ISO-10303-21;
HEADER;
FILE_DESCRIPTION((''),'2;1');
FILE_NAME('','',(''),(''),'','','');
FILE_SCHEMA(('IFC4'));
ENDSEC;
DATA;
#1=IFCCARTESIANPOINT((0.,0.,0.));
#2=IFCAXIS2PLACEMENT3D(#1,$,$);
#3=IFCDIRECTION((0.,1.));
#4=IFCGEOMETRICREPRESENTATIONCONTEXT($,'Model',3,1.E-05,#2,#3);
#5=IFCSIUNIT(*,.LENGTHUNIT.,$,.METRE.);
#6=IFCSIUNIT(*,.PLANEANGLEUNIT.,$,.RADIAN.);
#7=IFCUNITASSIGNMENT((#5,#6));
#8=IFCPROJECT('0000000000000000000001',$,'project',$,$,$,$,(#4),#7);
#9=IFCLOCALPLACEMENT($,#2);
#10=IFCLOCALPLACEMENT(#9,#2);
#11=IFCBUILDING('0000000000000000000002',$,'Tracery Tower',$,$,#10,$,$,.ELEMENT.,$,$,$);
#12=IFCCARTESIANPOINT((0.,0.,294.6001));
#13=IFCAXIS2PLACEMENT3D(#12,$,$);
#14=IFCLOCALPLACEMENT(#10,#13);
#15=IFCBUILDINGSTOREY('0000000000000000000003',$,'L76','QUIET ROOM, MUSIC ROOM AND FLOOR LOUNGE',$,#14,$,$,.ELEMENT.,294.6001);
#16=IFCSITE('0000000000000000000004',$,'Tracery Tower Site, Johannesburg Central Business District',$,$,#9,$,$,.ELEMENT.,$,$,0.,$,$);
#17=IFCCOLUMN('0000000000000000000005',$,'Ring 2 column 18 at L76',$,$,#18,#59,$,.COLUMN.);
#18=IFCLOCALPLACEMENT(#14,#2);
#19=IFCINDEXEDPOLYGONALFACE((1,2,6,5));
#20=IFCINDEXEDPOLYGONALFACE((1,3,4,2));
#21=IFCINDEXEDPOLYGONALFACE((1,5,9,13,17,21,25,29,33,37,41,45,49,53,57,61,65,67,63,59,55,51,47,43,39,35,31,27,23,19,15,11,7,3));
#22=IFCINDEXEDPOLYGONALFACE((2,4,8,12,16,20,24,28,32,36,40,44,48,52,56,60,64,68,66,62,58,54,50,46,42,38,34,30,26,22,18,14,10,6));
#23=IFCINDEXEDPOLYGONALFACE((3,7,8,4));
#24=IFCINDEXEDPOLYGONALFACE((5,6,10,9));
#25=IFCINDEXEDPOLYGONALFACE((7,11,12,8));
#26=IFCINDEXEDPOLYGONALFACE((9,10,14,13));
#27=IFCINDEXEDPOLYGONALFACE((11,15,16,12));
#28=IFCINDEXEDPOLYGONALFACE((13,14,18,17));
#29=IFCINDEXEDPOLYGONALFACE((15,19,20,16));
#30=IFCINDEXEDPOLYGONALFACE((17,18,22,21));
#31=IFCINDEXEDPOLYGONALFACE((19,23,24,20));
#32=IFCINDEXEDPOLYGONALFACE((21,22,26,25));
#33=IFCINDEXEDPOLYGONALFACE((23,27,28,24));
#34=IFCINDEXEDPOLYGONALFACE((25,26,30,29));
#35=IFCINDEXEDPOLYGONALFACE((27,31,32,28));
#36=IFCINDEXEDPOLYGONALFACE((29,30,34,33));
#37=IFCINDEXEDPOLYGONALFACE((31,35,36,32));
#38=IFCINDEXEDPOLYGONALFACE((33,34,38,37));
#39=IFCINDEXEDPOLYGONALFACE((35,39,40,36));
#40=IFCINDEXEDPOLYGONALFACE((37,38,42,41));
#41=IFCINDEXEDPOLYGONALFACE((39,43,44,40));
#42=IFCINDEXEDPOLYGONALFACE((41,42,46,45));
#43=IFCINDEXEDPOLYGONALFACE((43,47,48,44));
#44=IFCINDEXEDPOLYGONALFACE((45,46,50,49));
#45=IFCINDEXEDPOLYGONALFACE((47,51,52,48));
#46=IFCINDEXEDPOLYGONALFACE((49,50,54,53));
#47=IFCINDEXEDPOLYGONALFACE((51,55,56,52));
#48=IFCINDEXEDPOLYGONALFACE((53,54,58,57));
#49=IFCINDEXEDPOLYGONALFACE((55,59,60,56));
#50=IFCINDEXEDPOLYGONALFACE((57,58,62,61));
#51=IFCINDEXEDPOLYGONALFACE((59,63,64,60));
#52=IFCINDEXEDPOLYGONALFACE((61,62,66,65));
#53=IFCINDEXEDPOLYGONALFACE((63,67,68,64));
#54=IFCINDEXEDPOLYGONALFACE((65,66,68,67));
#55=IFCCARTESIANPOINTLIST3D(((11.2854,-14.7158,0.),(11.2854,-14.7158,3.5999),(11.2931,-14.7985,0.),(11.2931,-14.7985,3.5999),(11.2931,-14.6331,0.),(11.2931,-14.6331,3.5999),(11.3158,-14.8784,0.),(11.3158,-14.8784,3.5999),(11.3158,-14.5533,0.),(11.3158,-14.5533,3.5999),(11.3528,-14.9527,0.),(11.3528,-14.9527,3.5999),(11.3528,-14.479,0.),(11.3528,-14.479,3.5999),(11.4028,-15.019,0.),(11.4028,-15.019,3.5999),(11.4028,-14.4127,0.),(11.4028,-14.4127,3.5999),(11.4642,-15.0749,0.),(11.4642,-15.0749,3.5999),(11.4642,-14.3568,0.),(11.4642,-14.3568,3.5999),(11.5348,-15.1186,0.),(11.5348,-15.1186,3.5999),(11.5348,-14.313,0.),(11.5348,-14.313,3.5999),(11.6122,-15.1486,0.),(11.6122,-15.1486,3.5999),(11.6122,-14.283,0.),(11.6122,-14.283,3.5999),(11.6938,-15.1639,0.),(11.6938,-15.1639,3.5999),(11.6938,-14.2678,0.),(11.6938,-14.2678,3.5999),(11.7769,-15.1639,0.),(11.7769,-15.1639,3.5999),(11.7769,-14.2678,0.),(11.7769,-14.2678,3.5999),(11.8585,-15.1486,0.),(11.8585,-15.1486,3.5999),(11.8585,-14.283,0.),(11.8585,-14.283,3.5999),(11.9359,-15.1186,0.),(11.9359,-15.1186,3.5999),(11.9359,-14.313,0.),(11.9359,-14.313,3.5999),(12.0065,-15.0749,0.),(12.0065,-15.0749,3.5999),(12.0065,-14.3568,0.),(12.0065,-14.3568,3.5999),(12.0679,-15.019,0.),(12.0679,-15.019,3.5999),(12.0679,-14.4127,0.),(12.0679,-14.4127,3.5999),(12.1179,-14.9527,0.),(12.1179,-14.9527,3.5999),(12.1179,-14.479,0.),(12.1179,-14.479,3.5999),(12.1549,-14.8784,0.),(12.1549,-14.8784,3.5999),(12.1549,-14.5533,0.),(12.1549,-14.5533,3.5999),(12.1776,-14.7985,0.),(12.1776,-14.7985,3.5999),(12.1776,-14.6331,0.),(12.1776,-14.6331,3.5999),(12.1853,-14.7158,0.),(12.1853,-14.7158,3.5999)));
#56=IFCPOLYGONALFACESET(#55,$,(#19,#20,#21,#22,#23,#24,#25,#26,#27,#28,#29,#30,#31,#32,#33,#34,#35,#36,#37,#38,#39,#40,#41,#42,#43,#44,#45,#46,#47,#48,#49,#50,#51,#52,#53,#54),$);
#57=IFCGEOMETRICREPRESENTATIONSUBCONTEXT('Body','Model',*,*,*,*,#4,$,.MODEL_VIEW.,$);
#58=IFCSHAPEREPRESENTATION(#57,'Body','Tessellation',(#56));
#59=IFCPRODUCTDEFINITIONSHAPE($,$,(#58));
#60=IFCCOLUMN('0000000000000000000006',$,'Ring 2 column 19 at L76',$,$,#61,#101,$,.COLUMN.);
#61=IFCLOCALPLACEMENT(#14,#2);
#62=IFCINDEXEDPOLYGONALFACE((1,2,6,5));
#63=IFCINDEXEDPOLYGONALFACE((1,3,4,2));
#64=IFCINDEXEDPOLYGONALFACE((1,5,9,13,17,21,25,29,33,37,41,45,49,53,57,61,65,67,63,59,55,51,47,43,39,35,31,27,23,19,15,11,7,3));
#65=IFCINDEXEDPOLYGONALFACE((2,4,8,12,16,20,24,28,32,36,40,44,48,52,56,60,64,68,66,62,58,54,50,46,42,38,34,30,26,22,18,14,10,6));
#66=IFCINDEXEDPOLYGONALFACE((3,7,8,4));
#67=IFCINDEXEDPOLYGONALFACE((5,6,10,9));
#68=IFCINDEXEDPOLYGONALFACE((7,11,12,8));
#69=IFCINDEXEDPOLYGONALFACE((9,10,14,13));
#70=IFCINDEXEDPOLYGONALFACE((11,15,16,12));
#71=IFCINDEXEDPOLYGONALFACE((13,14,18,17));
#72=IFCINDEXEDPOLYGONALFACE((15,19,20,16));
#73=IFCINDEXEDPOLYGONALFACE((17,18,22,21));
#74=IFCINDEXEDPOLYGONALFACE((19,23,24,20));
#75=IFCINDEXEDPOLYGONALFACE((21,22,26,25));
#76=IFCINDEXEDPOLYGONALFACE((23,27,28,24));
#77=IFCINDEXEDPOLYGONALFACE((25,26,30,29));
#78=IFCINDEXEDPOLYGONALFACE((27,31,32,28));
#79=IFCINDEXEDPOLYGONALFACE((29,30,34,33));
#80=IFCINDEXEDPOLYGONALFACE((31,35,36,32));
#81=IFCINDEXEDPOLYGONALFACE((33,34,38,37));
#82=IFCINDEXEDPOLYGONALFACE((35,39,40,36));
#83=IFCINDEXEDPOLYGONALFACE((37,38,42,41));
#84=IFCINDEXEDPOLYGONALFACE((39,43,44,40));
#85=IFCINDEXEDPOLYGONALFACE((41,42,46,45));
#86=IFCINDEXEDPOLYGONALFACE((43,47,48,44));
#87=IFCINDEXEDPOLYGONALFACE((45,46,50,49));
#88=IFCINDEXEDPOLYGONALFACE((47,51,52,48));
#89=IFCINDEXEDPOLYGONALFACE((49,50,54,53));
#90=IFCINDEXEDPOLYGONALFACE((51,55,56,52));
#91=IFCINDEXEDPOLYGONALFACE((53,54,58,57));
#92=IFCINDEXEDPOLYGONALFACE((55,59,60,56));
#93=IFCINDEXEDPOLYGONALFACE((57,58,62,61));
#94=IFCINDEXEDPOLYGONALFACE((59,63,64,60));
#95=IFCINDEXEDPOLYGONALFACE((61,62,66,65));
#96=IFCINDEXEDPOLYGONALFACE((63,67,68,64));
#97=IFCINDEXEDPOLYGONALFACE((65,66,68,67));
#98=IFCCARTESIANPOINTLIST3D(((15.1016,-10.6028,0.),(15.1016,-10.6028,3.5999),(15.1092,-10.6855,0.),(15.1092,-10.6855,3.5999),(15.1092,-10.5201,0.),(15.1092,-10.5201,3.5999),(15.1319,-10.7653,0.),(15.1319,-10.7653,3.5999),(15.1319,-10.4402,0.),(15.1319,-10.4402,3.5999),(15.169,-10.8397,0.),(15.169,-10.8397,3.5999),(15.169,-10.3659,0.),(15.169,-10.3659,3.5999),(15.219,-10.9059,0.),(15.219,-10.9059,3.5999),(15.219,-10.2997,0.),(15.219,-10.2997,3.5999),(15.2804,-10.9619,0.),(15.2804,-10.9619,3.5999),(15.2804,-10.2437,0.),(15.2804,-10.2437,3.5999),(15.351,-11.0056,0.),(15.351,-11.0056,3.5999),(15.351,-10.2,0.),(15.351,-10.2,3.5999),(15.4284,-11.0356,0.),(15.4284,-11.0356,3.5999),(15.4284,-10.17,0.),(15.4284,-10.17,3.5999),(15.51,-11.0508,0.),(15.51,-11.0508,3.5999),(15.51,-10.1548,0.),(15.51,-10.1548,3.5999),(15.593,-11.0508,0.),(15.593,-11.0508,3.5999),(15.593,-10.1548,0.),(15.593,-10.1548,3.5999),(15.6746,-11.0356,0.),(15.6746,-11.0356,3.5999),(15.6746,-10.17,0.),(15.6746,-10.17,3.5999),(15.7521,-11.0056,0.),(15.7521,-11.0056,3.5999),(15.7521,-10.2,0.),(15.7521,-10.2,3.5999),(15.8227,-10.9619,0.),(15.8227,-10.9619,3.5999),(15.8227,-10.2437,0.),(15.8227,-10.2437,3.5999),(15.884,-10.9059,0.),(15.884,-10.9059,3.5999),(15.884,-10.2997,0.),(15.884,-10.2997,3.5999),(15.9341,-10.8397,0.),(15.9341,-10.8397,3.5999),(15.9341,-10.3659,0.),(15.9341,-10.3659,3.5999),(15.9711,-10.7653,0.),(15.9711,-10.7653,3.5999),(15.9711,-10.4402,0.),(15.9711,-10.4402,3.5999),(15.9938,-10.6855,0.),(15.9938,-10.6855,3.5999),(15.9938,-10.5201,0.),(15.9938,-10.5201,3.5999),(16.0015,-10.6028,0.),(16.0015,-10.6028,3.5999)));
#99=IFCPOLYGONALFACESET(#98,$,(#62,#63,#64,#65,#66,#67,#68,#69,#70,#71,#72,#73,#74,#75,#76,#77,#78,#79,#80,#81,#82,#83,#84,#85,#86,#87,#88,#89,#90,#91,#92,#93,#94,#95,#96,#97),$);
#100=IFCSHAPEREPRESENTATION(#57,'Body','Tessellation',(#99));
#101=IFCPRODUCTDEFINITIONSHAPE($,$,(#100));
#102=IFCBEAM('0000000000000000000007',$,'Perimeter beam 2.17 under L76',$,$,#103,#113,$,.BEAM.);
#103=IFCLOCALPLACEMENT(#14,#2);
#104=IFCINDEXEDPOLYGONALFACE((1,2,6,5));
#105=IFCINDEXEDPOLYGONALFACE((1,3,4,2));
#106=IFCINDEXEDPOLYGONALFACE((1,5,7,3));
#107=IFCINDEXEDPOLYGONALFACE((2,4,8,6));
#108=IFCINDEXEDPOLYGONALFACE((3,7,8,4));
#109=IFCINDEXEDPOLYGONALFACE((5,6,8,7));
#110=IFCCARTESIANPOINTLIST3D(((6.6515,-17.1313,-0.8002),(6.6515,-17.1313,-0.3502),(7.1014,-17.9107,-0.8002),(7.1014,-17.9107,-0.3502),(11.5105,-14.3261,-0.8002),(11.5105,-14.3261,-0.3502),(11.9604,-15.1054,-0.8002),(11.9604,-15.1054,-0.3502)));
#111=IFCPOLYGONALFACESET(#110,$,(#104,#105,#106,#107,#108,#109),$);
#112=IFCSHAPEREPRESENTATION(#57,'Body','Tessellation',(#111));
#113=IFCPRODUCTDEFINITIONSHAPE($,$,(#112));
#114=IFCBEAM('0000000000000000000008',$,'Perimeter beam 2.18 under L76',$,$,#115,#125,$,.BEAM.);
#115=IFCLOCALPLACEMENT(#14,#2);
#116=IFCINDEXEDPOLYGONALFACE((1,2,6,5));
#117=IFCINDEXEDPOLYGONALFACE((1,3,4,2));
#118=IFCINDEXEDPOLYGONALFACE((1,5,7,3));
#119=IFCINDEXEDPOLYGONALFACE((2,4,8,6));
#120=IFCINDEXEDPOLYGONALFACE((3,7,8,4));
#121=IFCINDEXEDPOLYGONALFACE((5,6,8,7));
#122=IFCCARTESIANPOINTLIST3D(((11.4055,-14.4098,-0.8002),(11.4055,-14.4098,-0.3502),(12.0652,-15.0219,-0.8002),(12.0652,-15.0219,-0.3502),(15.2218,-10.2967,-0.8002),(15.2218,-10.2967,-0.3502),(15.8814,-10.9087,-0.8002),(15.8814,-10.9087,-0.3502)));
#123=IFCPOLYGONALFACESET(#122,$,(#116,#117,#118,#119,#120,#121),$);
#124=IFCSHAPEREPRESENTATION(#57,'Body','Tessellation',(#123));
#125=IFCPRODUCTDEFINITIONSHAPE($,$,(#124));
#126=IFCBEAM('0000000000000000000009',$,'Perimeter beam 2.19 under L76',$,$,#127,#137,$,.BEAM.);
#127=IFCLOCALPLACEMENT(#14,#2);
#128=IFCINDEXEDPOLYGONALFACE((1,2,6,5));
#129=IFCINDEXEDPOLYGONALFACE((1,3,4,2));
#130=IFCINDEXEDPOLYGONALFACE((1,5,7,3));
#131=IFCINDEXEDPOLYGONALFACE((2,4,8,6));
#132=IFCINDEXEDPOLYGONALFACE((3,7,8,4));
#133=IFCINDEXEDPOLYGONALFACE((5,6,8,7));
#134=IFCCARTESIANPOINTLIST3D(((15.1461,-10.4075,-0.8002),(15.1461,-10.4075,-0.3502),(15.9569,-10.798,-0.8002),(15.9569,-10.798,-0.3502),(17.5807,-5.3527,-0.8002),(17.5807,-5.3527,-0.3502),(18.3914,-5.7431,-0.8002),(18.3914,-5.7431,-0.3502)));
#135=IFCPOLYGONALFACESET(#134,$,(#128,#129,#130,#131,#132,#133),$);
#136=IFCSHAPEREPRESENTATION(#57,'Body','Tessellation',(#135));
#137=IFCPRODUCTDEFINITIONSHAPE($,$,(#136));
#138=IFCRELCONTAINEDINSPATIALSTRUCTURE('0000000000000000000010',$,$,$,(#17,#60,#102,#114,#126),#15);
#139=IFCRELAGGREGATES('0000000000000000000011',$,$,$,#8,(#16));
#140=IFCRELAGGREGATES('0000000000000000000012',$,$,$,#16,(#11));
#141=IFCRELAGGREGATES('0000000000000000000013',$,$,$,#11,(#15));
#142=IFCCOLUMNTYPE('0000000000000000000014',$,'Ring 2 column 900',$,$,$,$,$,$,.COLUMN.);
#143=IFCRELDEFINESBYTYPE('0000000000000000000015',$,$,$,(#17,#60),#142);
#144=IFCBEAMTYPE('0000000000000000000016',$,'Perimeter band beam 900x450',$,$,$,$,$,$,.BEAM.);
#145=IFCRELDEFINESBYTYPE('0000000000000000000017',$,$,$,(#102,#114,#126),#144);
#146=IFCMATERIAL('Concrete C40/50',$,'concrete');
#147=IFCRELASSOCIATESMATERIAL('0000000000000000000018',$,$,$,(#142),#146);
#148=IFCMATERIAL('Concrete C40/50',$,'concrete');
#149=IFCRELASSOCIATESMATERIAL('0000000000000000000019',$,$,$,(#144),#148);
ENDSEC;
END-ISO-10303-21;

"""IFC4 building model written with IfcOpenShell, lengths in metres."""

from ifc_helpers import new_model, si_unit, direction, frame, origin, origin_2d, place, context, subcontext, project, spatial, rectangle, circle, extrude, material, material_profile, profile_set, type_object, element, save


model = new_model("IFC4")

# Units and contexts
model_context = context("Model", 3, precision=1e-05, world=origin(), true_north=direction((0.0, 1.0)))
body_context = subcontext(model_context, "Body", "Model", "MODEL_VIEW")
ifc_project = project(units=[si_unit("LENGTHUNIT", "METRE"), si_unit("PLANEANGLEUNIT", "RADIAN")], contexts=[model_context])

# Site, building, storey
site_placement = place(None, origin())
site = spatial("IfcSite", under=ifc_project, at=site_placement, Name="Tracery Tower Site, Johannesburg Central Business District", CompositionType="ELEMENT", RefElevation=0.0)
building_placement = place(site_placement, origin())
building = spatial("IfcBuilding", under=site, at=building_placement, Name="Tracery Tower", CompositionType="ELEMENT")
storey_placement = place(building_placement, frame((0.0, 0.0, 294.6001)))
storey = spatial("IfcBuildingStorey", under=building, at=storey_placement, Name="L76", Description="QUIET ROOM, MUSIC ROOM AND FLOOR LOUNGE", CompositionType="ELEMENT", Elevation=294.6001)

# Columns
ifc_material_1 = material(Name="Concrete C40/50", Category="concrete")
ifc_material_profile_1 = material_profile(ifc_material_1, circle(Radius=0.45, at=origin_2d()), Name="RC D900")
ifc_profile_set_1 = profile_set([ifc_material_profile_1], Name="Concrete C40/50")
column_type = type_object("IfcColumnType", Name="Ring 2 column 900", PredefinedType="COLUMN", material=ifc_profile_set_1)
for number, where, z_axis, x_axis, name in (
    (1, (11.7354, -14.7158, 0.0), (0.0, 0.0, 1.0), (1.0, 0.0, 0.0), "Ring 2 column 18 at L76"),
    (2, (15.5515, -10.6028, 0.0), (0.0, 0.0, 1.0), (1.0, 0.0, 0.0), "Ring 2 column 19 at L76"),
):
    element("IfcColumn", number, at=place(storey_placement, frame(where, z_axis=z_axis, x_axis=x_axis)), inside=storey, type_object=column_type, Name=name, PredefinedType="COLUMN", context=body_context, shape_type="SweptSolid", body=[
        extrude(circle(Radius=0.45, at=origin_2d()), origin(), (0.0, 0.0, 1.0), 3.5999),
    ])

# Beams
ifc_material_2 = material(Name="Concrete C40/50", Category="concrete")
ifc_material_profile_2 = material_profile(ifc_material_2, rectangle(XDim=0.8999, YDim=0.45, at=origin_2d()), Name="RC 900x450")
ifc_profile_set_2 = profile_set([ifc_material_profile_2], Name="Concrete C40/50")
beam_type = type_object("IfcBeamType", Name="Perimeter band beam 900x450", PredefinedType="BEAM", material=ifc_profile_set_2)
beam_1_placement = place(storey_placement, frame((6.8765, -17.521, -0.5752), z_axis=(0.866033, 0.499986, 0.0), x_axis=(-0.499986, 0.866033, 0.0)))
element("IfcBeam", 3, at=beam_1_placement, inside=storey, type_object=beam_type, Name="Perimeter beam 2.17 under L76", PredefinedType="BEAM", context=body_context, shape_type="SweptSolid", body=[
    extrude(rectangle(XDim=0.8999, YDim=0.45, at=origin_2d()), origin(), (0.0, 0.0, 1.0), 5.6106),
])
beam_2_placement = place(storey_placement, frame((11.7354, -14.7158, -0.5752), z_axis=(0.680156, 0.733068, 0.0), x_axis=(-0.733068, 0.680156, 0.0)))
element("IfcBeam", 4, at=beam_2_placement, inside=storey, type_object=beam_type, Name="Perimeter beam 2.18 under L76", PredefinedType="BEAM", context=body_context, shape_type="SweptSolid", body=[
    extrude(rectangle(XDim=0.8999, YDim=0.45, at=origin_2d()), origin(), (0.0, 0.0, 1.0), 5.6108),
])
beam_3_placement = place(storey_placement, frame((15.5515, -10.6028, -0.5752), z_axis=(0.433919, 0.900952, 0.0), x_axis=(-0.900952, 0.433919, 0.0)))
element("IfcBeam", 5, at=beam_3_placement, inside=storey, type_object=beam_type, Name="Perimeter beam 2.19 under L76", PredefinedType="BEAM", context=body_context, shape_type="SweptSolid", body=[
    extrude(rectangle(XDim=0.8999, YDim=0.45, at=origin_2d()), origin(), (0.0, 0.0, 1.0), 5.6106),
])

save(model, "model.ifc")
